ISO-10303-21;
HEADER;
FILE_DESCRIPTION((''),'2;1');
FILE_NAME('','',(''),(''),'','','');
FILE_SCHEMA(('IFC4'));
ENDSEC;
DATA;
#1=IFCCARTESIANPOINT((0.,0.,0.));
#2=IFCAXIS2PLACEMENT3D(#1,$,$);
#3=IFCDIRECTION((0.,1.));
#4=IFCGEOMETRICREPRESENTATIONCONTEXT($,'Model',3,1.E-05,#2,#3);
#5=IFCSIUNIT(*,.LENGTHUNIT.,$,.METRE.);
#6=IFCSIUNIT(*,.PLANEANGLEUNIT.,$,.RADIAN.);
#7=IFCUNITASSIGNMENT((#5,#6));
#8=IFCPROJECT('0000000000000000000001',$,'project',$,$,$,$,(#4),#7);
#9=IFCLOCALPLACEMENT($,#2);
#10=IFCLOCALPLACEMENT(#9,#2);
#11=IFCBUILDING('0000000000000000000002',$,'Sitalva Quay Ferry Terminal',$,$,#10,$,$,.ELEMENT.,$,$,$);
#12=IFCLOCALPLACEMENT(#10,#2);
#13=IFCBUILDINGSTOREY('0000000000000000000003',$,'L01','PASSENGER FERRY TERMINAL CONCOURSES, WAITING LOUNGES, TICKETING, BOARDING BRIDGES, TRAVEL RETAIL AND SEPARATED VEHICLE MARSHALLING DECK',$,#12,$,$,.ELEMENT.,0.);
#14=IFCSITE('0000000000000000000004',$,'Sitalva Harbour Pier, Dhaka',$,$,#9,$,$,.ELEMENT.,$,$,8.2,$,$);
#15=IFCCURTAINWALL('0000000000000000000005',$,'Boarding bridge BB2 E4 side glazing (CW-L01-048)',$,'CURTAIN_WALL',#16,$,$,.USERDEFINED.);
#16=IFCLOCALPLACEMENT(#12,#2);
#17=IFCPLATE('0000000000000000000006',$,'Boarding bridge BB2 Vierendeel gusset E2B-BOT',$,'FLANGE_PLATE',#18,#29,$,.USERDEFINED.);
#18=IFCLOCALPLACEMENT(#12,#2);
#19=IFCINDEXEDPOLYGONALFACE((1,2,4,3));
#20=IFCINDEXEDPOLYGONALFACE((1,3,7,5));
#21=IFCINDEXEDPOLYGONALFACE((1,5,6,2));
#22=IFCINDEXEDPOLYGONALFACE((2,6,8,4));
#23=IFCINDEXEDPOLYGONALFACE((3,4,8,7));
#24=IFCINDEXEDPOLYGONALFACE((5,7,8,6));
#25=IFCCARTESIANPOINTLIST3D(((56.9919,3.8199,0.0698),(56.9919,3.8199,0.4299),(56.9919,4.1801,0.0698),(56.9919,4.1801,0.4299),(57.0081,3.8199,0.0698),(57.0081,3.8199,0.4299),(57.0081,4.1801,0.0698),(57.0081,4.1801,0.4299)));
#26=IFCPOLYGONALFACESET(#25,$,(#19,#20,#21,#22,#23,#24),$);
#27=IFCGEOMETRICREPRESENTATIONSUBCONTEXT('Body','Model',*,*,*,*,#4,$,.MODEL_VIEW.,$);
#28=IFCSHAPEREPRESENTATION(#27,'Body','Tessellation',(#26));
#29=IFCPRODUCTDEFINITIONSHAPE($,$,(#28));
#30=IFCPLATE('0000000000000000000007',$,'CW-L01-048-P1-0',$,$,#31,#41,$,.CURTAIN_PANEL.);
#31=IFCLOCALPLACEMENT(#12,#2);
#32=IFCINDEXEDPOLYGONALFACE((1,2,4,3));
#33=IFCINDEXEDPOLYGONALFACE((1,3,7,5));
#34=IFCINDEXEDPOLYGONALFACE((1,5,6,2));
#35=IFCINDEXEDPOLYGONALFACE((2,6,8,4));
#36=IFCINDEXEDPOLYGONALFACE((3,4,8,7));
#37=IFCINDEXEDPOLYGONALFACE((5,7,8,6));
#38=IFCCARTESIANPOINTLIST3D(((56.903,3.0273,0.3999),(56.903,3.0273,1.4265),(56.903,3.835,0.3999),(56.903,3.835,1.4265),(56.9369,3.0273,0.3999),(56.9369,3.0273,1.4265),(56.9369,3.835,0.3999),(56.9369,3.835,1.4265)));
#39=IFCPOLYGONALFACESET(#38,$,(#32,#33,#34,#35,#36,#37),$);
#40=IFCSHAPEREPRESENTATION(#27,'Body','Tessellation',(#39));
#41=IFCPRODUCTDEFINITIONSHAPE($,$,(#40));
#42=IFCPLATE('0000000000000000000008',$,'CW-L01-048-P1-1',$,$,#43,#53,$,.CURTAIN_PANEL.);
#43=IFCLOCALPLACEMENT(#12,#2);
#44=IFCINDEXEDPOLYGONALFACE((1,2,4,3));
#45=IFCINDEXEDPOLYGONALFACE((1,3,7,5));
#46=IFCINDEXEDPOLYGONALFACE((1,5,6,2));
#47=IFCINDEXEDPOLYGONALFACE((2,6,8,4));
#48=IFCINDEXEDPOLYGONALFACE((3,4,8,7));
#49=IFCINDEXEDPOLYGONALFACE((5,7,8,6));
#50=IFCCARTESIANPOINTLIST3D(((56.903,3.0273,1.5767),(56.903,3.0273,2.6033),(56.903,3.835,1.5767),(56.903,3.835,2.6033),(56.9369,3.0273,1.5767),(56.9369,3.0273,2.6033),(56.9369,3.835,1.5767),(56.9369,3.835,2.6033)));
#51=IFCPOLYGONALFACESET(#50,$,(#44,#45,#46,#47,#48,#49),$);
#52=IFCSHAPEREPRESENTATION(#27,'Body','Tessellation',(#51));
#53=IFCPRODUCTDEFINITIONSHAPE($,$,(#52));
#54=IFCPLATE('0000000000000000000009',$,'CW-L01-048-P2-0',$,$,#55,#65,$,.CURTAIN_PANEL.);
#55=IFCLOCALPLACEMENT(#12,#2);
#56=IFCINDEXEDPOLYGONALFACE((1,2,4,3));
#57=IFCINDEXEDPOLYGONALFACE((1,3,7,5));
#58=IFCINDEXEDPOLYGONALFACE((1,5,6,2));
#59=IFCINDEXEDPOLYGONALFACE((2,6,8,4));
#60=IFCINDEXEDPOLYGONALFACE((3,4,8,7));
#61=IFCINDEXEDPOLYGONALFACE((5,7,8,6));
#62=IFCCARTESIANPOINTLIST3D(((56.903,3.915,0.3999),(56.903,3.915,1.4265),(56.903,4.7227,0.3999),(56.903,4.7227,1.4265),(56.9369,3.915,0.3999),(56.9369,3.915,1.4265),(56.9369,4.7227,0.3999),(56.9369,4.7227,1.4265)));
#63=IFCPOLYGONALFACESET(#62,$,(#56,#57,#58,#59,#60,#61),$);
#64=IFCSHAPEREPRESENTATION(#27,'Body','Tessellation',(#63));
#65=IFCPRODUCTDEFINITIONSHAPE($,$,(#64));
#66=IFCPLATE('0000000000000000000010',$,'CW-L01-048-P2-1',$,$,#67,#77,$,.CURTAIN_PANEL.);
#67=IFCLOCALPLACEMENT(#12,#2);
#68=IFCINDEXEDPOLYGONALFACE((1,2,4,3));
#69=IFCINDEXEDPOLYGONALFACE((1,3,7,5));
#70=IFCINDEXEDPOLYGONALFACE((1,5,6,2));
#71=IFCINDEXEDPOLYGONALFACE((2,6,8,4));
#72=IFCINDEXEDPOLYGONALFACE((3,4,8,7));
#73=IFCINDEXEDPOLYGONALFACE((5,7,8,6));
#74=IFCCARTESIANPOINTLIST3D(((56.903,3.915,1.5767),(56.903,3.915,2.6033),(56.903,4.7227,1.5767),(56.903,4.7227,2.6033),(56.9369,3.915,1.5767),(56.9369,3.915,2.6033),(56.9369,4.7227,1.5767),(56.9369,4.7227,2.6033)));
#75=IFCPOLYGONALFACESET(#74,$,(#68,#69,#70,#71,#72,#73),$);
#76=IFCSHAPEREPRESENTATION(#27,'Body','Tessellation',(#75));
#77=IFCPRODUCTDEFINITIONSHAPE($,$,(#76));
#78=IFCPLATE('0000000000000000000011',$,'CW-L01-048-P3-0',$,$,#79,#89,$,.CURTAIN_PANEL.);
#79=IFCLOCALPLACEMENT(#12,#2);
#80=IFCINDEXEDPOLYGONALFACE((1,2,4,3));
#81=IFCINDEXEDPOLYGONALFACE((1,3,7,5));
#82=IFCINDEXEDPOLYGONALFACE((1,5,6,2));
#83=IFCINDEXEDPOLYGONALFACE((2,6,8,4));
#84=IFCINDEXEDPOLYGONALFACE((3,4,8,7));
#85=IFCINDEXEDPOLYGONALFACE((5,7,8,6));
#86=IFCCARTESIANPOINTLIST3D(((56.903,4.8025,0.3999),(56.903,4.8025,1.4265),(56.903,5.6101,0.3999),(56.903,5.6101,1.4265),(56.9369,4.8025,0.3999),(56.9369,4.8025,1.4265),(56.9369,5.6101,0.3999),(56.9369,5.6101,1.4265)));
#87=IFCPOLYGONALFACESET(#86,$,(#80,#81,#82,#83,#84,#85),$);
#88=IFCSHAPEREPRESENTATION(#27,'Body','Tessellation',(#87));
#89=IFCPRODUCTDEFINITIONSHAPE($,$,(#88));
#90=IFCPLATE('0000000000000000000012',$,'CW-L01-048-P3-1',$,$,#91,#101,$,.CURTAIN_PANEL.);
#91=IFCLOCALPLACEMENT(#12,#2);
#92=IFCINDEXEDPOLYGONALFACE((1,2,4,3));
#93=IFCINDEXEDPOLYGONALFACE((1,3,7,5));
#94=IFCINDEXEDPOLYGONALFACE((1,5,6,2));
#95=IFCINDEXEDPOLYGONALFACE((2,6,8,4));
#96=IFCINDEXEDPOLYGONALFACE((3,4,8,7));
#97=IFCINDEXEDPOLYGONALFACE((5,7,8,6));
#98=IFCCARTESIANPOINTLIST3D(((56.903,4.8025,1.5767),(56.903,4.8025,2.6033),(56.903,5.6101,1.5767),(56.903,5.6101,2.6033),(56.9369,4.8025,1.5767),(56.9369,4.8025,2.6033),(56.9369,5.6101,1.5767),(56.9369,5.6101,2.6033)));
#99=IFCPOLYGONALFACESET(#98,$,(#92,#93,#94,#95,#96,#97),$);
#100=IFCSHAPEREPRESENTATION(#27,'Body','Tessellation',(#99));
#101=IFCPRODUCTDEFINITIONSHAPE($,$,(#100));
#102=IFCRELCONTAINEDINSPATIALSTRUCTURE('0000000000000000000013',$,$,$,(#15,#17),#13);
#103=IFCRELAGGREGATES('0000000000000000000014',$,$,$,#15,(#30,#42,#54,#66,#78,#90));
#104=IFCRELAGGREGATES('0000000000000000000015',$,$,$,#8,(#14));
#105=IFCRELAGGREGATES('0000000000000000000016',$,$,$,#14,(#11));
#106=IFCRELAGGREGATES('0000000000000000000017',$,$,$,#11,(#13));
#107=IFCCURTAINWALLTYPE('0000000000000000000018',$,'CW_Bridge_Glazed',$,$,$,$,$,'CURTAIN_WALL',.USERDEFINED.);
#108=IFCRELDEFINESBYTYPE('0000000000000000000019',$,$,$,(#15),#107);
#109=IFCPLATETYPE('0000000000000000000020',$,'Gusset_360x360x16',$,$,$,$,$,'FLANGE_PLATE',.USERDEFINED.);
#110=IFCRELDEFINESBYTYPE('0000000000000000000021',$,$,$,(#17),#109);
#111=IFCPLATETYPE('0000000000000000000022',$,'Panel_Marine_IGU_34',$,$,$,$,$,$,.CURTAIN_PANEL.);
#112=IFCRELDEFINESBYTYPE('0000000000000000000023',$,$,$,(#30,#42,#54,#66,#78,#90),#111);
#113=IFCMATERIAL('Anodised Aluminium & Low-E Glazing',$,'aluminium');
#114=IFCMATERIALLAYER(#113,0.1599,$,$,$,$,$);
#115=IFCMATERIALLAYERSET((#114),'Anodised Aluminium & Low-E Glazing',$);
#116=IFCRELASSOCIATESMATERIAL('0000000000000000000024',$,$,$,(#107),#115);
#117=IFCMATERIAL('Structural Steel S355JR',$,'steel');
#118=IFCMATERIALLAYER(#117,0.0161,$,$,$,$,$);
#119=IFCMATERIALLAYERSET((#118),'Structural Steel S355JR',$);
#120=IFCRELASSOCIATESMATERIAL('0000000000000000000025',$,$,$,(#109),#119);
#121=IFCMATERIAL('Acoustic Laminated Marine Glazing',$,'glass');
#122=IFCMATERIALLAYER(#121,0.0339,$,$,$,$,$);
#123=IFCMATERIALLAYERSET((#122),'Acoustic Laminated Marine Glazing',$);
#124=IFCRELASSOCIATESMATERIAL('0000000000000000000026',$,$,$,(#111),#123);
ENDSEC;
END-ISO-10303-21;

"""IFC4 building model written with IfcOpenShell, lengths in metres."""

from ifc_helpers import new_model, si_unit, direction, frame, origin, origin_2d, place, context, subcontext, project, spatial, rectangle, extrude, material, layer, layer_set, type_object, element, aggregate, save


model = new_model("IFC4")

# Units and contexts
model_context = context("Model", 3, precision=1e-05, world=origin(), true_north=direction((0.0, 1.0)))
body_context = subcontext(model_context, "Body", "Model", "MODEL_VIEW")
ifc_project = project(units=[si_unit("LENGTHUNIT", "METRE"), si_unit("PLANEANGLEUNIT", "RADIAN")], contexts=[model_context])

# Site, building, storey
site_placement = place(None, origin())
site = spatial("IfcSite", under=ifc_project, at=site_placement, Name="Sitalva Harbour Pier, Dhaka", CompositionType="ELEMENT", RefElevation=8.2)
building_placement = place(site_placement, origin())
building = spatial("IfcBuilding", under=site, at=building_placement, Name="Sitalva Quay Ferry Terminal", CompositionType="ELEMENT")
storey_placement = place(building_placement, origin())
storey = spatial("IfcBuildingStorey", under=building, at=storey_placement, Name="L01", Description="PASSENGER FERRY TERMINAL CONCOURSES, WAITING LOUNGES, TICKETING, BOARDING BRIDGES, TRAVEL RETAIL AND SEPARATED VEHICLE MARSHALLING DECK", CompositionType="ELEMENT", Elevation=0.0)

# Curtain wall
ifc_material_1 = material(Name="Anodised Aluminium & Low-E Glazing", Category="aluminium")
ifc_layer_1 = layer(ifc_material_1, 0.1599)
ifc_layer_set_1 = layer_set([ifc_layer_1], Name="Anodised Aluminium & Low-E Glazing")
curtain_wall_type = type_object("IfcCurtainWallType", Name="CW_Bridge_Glazed", ElementType="CURTAIN_WALL", PredefinedType="USERDEFINED", material=ifc_layer_set_1)
curtain_wall_placement = place(storey_placement, origin())
curtain_wall = element("IfcCurtainWall", 1, at=curtain_wall_placement, inside=storey, type_object=curtain_wall_type, Name="Boarding bridge BB2 E4 side glazing (CW-L01-048)", ObjectType="CURTAIN_WALL", PredefinedType="USERDEFINED")

# Plates
ifc_material_2 = material(Name="Structural Steel S355JR", Category="steel")
ifc_layer_2 = layer(ifc_material_2, 0.0161)
ifc_layer_set_2 = layer_set([ifc_layer_2], Name="Structural Steel S355JR")
plate_type_1 = type_object("IfcPlateType", Name="Gusset_360x360x16", ElementType="FLANGE_PLATE", PredefinedType="USERDEFINED", material=ifc_layer_set_2)
plate_1_placement = place(storey_placement, frame((57.0, 4.0, 0.0698), z_axis=(0.0, 0.0, 1.0), x_axis=(1.0, 0.0, 0.0)))
element("IfcPlate", 2, at=plate_1_placement, inside=storey, type_object=plate_type_1, Name="Boarding bridge BB2 Vierendeel gusset E2B-BOT", ObjectType="FLANGE_PLATE", PredefinedType="USERDEFINED", context=body_context, shape_type="SweptSolid", body=[
    extrude(rectangle(XDim=0.0161, YDim=0.3601, at=origin_2d()), origin(), (0.0, 0.0, 1.0), 0.3601),
])
ifc_material_3 = material(Name="Acoustic Laminated Marine Glazing", Category="glass")
ifc_layer_3 = layer(ifc_material_3, 0.0339)
ifc_layer_set_3 = layer_set([ifc_layer_3], Name="Acoustic Laminated Marine Glazing")
plate_type_2 = type_object("IfcPlateType", Name="Panel_Marine_IGU_34", PredefinedType="CURTAIN_PANEL", material=ifc_layer_set_3)
plate_2_placement = place(storey_placement, frame((56.9199, 3.4312, 0.3999), z_axis=(0.0, 0.0, 1.0), x_axis=(0.0, 1.0, 0.0)))
plate_2 = element("IfcPlate", 3, at=plate_2_placement, type_object=plate_type_2, Name="CW-L01-048-P1-0", PredefinedType="CURTAIN_PANEL", context=body_context, shape_type="SweptSolid", body=[
    extrude(rectangle(XDim=0.8076, YDim=0.0339, at=origin_2d()), origin(), (0.0, 0.0, 1.0), 1.0266),
])
plate_3_placement = place(storey_placement, frame((56.9199, 3.4312, 1.5767), z_axis=(0.0, 0.0, 1.0), x_axis=(0.0, 1.0, 0.0)))
plate_3 = element("IfcPlate", 4, at=plate_3_placement, type_object=plate_type_2, Name="CW-L01-048-P1-1", PredefinedType="CURTAIN_PANEL", context=body_context, shape_type="SweptSolid", body=[
    extrude(rectangle(XDim=0.8076, YDim=0.0339, at=origin_2d()), origin(), (0.0, 0.0, 1.0), 1.0266),
])
plate_4_placement = place(storey_placement, frame((56.9199, 4.3188, 0.3999), z_axis=(0.0, 0.0, 1.0), x_axis=(0.0, 1.0, 0.0)))
plate_4 = element("IfcPlate", 5, at=plate_4_placement, type_object=plate_type_2, Name="CW-L01-048-P2-0", PredefinedType="CURTAIN_PANEL", context=body_context, shape_type="SweptSolid", body=[
    extrude(rectangle(XDim=0.8076, YDim=0.0339, at=origin_2d()), origin(), (0.0, 0.0, 1.0), 1.0266),
])
plate_5_placement = place(storey_placement, frame((56.9199, 4.3188, 1.5767), z_axis=(0.0, 0.0, 1.0), x_axis=(0.0, 1.0, 0.0)))
plate_5 = element("IfcPlate", 6, at=plate_5_placement, type_object=plate_type_2, Name="CW-L01-048-P2-1", PredefinedType="CURTAIN_PANEL", context=body_context, shape_type="SweptSolid", body=[
    extrude(rectangle(XDim=0.8076, YDim=0.0339, at=origin_2d()), origin(), (0.0, 0.0, 1.0), 1.0266),
])
plate_6_placement = place(storey_placement, frame((56.9199, 5.2063, 0.3999), z_axis=(0.0, 0.0, 1.0), x_axis=(0.0, 1.0, 0.0)))
plate_6 = element("IfcPlate", 7, at=plate_6_placement, type_object=plate_type_2, Name="CW-L01-048-P3-0", PredefinedType="CURTAIN_PANEL", context=body_context, shape_type="SweptSolid", body=[
    extrude(rectangle(XDim=0.8076, YDim=0.0339, at=origin_2d()), origin(), (0.0, 0.0, 1.0), 1.0266),
])
plate_7_placement = place(storey_placement, frame((56.9199, 5.2063, 1.5767), z_axis=(0.0, 0.0, 1.0), x_axis=(0.0, 1.0, 0.0)))
plate_7 = element("IfcPlate", 8, at=plate_7_placement, type_object=plate_type_2, Name="CW-L01-048-P3-1", PredefinedType="CURTAIN_PANEL", context=body_context, shape_type="SweptSolid", body=[
    extrude(rectangle(XDim=0.8076, YDim=0.0339, at=origin_2d()), origin(), (0.0, 0.0, 1.0), 1.0266),
])
aggregate(curtain_wall, [plate_2, plate_3, plate_4, plate_5, plate_6, plate_7])

save(model, "model.ifc")
